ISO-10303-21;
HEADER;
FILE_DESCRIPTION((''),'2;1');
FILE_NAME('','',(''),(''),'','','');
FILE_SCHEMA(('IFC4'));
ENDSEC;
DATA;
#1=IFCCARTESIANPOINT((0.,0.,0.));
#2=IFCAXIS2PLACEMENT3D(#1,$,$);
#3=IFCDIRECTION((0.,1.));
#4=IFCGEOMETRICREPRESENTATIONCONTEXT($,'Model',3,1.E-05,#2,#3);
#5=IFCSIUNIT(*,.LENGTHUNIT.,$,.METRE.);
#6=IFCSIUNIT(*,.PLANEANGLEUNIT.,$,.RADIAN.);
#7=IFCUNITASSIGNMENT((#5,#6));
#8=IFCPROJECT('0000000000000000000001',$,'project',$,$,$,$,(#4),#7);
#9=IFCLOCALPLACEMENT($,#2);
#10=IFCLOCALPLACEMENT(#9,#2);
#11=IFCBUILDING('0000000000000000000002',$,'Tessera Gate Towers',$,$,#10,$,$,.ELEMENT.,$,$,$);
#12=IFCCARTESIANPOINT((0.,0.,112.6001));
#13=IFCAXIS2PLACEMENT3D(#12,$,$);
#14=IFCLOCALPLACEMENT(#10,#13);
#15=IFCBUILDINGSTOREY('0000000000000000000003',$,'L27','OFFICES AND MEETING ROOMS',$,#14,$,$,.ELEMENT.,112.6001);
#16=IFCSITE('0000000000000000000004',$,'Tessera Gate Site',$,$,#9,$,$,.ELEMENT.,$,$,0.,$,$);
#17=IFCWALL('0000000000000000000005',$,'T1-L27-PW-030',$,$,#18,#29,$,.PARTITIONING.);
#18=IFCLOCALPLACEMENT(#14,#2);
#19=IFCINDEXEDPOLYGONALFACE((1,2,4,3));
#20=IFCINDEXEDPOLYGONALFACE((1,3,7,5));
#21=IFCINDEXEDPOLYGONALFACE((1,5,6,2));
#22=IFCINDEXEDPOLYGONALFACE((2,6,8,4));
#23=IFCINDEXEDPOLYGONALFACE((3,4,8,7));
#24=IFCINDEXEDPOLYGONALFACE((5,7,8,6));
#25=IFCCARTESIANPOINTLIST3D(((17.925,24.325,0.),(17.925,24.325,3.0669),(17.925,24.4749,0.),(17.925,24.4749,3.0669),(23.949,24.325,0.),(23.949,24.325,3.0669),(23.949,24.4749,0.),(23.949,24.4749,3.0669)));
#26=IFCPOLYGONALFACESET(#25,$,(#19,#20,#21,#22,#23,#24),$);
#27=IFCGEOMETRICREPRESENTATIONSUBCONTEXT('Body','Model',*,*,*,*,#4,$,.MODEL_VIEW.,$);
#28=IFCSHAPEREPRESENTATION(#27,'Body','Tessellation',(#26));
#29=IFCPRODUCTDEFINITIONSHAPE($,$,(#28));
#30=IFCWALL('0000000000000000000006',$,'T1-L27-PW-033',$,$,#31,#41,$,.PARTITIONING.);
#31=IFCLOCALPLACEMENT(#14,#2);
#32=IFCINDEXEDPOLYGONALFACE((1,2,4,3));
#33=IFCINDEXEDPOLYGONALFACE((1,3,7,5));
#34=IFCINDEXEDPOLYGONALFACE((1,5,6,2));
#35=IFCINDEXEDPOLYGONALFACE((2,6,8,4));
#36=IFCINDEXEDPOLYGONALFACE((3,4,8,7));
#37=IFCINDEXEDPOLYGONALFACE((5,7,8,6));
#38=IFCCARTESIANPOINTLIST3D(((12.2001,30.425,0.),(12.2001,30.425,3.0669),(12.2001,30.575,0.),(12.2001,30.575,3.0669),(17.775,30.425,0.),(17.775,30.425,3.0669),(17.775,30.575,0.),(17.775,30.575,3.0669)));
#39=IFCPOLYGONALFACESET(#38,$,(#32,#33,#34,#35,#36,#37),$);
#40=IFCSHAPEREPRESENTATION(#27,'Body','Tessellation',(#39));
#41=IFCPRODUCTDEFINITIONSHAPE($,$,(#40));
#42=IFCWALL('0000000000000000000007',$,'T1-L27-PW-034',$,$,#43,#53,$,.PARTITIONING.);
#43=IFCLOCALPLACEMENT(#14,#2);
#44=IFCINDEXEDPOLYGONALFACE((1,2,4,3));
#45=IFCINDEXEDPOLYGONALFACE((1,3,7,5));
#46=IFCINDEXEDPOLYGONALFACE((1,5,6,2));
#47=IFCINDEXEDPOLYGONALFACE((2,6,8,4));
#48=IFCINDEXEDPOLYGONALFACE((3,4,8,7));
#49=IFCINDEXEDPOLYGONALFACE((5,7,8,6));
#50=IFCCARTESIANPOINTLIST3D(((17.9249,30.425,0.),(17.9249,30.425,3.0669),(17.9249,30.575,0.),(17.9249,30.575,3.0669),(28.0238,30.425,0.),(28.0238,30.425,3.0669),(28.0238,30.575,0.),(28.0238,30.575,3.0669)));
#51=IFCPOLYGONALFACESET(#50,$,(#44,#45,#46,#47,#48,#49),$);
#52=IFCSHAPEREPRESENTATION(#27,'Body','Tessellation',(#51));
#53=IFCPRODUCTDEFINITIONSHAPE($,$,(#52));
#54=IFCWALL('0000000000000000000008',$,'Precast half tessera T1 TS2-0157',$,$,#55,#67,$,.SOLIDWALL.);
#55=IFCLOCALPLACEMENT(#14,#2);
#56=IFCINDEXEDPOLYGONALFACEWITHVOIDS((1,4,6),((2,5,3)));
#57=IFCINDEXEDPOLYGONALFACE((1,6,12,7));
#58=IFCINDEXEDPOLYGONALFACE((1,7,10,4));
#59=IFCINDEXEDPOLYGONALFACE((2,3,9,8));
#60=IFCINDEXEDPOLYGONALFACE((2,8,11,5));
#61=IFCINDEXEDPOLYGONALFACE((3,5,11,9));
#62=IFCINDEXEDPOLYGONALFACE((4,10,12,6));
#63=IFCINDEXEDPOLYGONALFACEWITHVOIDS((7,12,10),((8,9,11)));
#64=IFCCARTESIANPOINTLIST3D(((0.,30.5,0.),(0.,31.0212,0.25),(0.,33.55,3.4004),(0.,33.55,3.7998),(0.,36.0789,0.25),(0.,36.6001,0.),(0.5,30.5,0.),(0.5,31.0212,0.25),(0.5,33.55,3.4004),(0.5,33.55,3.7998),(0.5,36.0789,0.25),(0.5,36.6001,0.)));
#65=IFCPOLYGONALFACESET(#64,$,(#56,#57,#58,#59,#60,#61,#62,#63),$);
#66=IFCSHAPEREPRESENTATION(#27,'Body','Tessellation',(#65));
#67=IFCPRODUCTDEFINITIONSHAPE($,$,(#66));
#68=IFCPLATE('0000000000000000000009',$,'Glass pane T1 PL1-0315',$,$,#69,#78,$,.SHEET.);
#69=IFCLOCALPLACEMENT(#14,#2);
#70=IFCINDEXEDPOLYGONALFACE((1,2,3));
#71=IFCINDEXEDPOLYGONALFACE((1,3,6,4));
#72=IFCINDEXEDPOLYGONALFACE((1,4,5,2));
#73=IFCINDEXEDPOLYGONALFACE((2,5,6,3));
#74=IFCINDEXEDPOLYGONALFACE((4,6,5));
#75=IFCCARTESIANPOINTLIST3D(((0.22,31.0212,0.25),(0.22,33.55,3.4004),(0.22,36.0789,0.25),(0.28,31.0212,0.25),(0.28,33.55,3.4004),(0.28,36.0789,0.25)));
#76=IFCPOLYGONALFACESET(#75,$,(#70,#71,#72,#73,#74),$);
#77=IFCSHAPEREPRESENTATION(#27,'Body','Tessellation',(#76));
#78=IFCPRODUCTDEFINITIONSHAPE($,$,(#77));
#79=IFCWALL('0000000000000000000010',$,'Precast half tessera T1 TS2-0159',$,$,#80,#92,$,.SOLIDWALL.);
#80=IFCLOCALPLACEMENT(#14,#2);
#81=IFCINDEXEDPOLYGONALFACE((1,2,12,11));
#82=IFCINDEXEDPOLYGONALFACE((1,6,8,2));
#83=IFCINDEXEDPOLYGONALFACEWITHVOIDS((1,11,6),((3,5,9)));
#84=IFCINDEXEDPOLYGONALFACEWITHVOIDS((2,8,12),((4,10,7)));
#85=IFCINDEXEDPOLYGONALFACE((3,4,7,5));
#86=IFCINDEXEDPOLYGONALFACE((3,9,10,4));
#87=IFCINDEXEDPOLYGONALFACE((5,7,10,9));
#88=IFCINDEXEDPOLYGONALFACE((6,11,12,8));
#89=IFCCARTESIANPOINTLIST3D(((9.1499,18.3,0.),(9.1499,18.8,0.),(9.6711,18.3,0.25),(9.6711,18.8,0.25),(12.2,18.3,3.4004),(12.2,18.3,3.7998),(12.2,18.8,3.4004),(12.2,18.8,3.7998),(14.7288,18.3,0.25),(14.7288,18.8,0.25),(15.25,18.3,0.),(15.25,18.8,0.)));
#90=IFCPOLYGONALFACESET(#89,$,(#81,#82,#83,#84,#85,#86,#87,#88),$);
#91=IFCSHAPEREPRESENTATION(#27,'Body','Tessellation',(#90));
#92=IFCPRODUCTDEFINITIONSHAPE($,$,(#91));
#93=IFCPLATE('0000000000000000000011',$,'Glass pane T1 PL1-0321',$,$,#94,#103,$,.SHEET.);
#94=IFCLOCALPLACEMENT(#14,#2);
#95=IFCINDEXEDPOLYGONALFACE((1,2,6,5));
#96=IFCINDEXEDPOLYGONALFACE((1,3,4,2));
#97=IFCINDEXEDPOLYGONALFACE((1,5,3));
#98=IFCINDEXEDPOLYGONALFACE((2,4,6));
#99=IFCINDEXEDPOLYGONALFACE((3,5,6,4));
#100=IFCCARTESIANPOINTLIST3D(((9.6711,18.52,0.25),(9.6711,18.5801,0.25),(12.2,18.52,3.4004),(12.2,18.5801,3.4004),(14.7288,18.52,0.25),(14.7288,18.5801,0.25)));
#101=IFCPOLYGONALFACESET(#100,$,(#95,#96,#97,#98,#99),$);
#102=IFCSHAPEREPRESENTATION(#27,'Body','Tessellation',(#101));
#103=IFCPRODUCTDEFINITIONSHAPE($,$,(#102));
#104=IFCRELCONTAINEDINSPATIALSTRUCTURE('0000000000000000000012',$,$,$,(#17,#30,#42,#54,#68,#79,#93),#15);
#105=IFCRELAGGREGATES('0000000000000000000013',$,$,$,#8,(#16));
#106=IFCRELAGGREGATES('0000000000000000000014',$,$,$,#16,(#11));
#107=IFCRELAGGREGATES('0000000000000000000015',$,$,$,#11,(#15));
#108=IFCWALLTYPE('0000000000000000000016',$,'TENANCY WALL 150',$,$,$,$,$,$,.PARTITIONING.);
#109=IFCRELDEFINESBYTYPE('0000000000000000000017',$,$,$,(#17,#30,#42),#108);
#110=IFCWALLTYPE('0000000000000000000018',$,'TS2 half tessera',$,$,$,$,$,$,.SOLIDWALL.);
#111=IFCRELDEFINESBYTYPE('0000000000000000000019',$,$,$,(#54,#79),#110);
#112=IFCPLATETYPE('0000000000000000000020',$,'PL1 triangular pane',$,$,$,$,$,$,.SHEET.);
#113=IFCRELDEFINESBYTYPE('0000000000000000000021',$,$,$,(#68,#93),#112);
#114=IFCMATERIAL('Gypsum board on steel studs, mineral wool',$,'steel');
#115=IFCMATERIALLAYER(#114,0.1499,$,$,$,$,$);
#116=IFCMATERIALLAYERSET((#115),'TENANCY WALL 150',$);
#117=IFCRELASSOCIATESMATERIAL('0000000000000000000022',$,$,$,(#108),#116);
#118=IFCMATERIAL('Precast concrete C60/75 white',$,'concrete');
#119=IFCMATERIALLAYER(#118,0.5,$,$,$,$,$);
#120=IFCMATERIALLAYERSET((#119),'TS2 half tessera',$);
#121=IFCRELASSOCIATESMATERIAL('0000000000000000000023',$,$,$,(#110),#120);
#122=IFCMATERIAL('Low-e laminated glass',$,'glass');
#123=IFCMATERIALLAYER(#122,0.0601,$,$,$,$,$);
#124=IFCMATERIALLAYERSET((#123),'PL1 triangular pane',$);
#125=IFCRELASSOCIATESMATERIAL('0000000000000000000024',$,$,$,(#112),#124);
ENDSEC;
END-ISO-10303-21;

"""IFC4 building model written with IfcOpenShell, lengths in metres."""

from ifc_helpers import new_model, si_unit, direction, frame, frame_2d, origin, place, context, subcontext, project, spatial, polyline, rectangle, outline, extrude, source, transform, mapped, material, layer, layer_set, type_object, element, fill, save


model = new_model("IFC4")

# Units and contexts
model_context = context("Model", 3, precision=1e-05, world=origin(), true_north=direction((0.0, 1.0)))
body_context = subcontext(model_context, "Body", "Model", "MODEL_VIEW")
ifc_project = project(units=[si_unit("LENGTHUNIT", "METRE"), si_unit("PLANEANGLEUNIT", "RADIAN")], contexts=[model_context])

# Site, building, storey
site_placement = place(None, origin())
site = spatial("IfcSite", under=ifc_project, at=site_placement, Name="Tessera Gate Site", CompositionType="ELEMENT", RefElevation=0.0)
building_placement = place(site_placement, origin())
building = spatial("IfcBuilding", under=site, at=building_placement, Name="Tessera Gate Towers", CompositionType="ELEMENT")
storey_placement = place(building_placement, frame((0.0, 0.0, 112.6001)))
storey = spatial("IfcBuildingStorey", under=building, at=storey_placement, Name="L27", Description="OFFICES AND MEETING ROOMS", CompositionType="ELEMENT", Elevation=112.6001)

# Walls
ifc_material_1 = material(Name="Gypsum board on steel studs, mineral wool", Category="steel")
ifc_layer_1 = layer(ifc_material_1, 0.1499)
ifc_layer_set_1 = layer_set([ifc_layer_1], Name="TENANCY WALL 150")
wall_type_1 = type_object("IfcWallType", Name="TENANCY WALL 150", PredefinedType="PARTITIONING", material=ifc_layer_set_1)
wall_1_placement = place(storey_placement, frame((17.925, 24.3999, 0.0), z_axis=(0.0, 0.0, 1.0), x_axis=(1.0, 0.0, 0.0)))
element("IfcWall", 1, at=wall_1_placement, inside=storey, type_object=wall_type_1, Name="T1-L27-PW-030", PredefinedType="PARTITIONING", context=body_context, shape_type="SweptSolid", body=[
    extrude(rectangle(XDim=6.0239, YDim=0.1499, at=frame_2d((3.012, 0.0))), origin(), (0.0, 0.0, 1.0), 3.0669),
])
wall_2_placement = place(storey_placement, frame((12.2, 30.5, 0.0), z_axis=(0.0, 0.0, 1.0), x_axis=(1.0, 0.0, 0.0)))
element("IfcWall", 2, at=wall_2_placement, inside=storey, type_object=wall_type_1, Name="T1-L27-PW-033", PredefinedType="PARTITIONING", context=body_context, shape_type="SweptSolid", body=[
    extrude(rectangle(XDim=5.575, YDim=0.1499, at=frame_2d((2.7876, 0.0))), origin(), (0.0, 0.0, 1.0), 3.0669),
])
wall_3_placement = place(storey_placement, frame((17.925, 30.5, 0.0), z_axis=(0.0, 0.0, 1.0), x_axis=(1.0, 0.0, 0.0)))
element("IfcWall", 3, at=wall_3_placement, inside=storey, type_object=wall_type_1, Name="T1-L27-PW-034", PredefinedType="PARTITIONING", context=body_context, shape_type="SweptSolid", body=[
    extrude(rectangle(XDim=10.0989, YDim=0.1499, at=frame_2d((5.0493, 0.0))), origin(), (0.0, 0.0, 1.0), 3.0669),
])

# Walls, openings, plates
ifc_material_2 = material(Name="Precast concrete C60/75 white", Category="concrete")
ifc_layer_2 = layer(ifc_material_2, 0.5)
ifc_layer_set_2 = layer_set([ifc_layer_2], Name="TS2 half tessera")
wall_type_2 = type_object("IfcWallType", Name="TS2 half tessera", PredefinedType="SOLIDWALL", material=ifc_layer_set_2)
shared_shape_1 = source(origin(), body_context, "Body", "SweptSolid", [
    extrude(outline(polyline([(6.1001, 0.0), (3.05, 3.7998), (0.0, 0.0), (6.1001, 0.0)])), frame((0.0, 0.25, 0.0), z_axis=(0.0, -1.0, 0.0), x_axis=(1.0, 0.0, 0.0)), (0.0, 0.0, 1.0), 0.5),
])
wall_4_placement = place(storey_placement, frame((0.25, 36.6001, 0.0), z_axis=(0.0, 0.0, 1.0), x_axis=(0.0, -1.0, 0.0)))
wall_4 = element("IfcWall", 4, at=wall_4_placement, inside=storey, type_object=wall_type_2, Name="Precast half tessera T1 TS2-0157", PredefinedType="SOLIDWALL", context=body_context, shape_type="MappedRepresentation", body=[
    mapped(shared_shape_1, transform((0.0, 0.0, 0.0), scale=1.0)),
])
shared_shape_2 = source(origin(), body_context, "Body", "SweptSolid", [
    extrude(outline(polyline([(5.5789, 0.25), (3.05, 3.4004), (0.5212, 0.25), (5.5789, 0.25)])), frame((0.0, 0.26, 0.0), z_axis=(0.0, -1.0, 0.0), x_axis=(1.0, 0.0, 0.0)), (0.0, 0.0, 1.0), 0.52),
])
opening_1_placement = place(wall_4_placement, origin())
opening_1 = element("IfcOpeningElement", 5, at=opening_1_placement, cuts=wall_4, PredefinedType="OPENING", context=body_context, shape_type="MappedRepresentation", body=[
    mapped(shared_shape_2, transform((0.0, 0.0, 0.0), scale=1.0)),
])
ifc_material_3 = material(Name="Low-e laminated glass", Category="glass")
ifc_layer_3 = layer(ifc_material_3, 0.0601)
ifc_layer_set_3 = layer_set([ifc_layer_3], Name="PL1 triangular pane")
plate_type = type_object("IfcPlateType", Name="PL1 triangular pane", PredefinedType="SHEET", material=ifc_layer_set_3)
shared_shape_3 = source(origin(), body_context, "Body", "SweptSolid", [
    extrude(outline(polyline([(5.5789, 0.25), (3.05, 3.4004), (0.5212, 0.25), (5.5789, 0.25)])), frame((0.0, 0.03, 0.0), z_axis=(0.0, -1.0, 0.0), x_axis=(1.0, 0.0, 0.0)), (0.0, 0.0, 1.0), 0.0601),
])
plate_1_placement = place(opening_1_placement, origin())
plate_1 = element("IfcPlate", 6, at=plate_1_placement, inside=storey, type_object=plate_type, Name="Glass pane T1 PL1-0315", PredefinedType="SHEET", context=body_context, shape_type="MappedRepresentation", body=[
    mapped(shared_shape_3, transform((0.0, 0.0, 0.0), scale=1.0)),
])
fill(opening_1, plate_1)
wall_5_placement = place(storey_placement, frame((9.1499, 18.55, 0.0), z_axis=(0.0, 0.0, 1.0), x_axis=(1.0, 0.0, 0.0)))
wall_5 = element("IfcWall", 7, at=wall_5_placement, inside=storey, type_object=wall_type_2, Name="Precast half tessera T1 TS2-0159", PredefinedType="SOLIDWALL", context=body_context, shape_type="MappedRepresentation", body=[
    mapped(shared_shape_1, transform((0.0, 0.0, 0.0), scale=1.0)),
])
opening_2_placement = place(wall_5_placement, origin())
opening_2 = element("IfcOpeningElement", 8, at=opening_2_placement, cuts=wall_5, PredefinedType="OPENING", context=body_context, shape_type="MappedRepresentation", body=[
    mapped(shared_shape_2, transform((0.0, 0.0, 0.0), scale=1.0)),
])
plate_2_placement = place(opening_2_placement, origin())
plate_2 = element("IfcPlate", 9, at=plate_2_placement, inside=storey, type_object=plate_type, Name="Glass pane T1 PL1-0321", PredefinedType="SHEET", context=body_context, shape_type="MappedRepresentation", body=[
    mapped(shared_shape_3, transform((0.0, 0.0, 0.0), scale=1.0)),
])
fill(opening_2, plate_2)

save(model, "model.ifc")
